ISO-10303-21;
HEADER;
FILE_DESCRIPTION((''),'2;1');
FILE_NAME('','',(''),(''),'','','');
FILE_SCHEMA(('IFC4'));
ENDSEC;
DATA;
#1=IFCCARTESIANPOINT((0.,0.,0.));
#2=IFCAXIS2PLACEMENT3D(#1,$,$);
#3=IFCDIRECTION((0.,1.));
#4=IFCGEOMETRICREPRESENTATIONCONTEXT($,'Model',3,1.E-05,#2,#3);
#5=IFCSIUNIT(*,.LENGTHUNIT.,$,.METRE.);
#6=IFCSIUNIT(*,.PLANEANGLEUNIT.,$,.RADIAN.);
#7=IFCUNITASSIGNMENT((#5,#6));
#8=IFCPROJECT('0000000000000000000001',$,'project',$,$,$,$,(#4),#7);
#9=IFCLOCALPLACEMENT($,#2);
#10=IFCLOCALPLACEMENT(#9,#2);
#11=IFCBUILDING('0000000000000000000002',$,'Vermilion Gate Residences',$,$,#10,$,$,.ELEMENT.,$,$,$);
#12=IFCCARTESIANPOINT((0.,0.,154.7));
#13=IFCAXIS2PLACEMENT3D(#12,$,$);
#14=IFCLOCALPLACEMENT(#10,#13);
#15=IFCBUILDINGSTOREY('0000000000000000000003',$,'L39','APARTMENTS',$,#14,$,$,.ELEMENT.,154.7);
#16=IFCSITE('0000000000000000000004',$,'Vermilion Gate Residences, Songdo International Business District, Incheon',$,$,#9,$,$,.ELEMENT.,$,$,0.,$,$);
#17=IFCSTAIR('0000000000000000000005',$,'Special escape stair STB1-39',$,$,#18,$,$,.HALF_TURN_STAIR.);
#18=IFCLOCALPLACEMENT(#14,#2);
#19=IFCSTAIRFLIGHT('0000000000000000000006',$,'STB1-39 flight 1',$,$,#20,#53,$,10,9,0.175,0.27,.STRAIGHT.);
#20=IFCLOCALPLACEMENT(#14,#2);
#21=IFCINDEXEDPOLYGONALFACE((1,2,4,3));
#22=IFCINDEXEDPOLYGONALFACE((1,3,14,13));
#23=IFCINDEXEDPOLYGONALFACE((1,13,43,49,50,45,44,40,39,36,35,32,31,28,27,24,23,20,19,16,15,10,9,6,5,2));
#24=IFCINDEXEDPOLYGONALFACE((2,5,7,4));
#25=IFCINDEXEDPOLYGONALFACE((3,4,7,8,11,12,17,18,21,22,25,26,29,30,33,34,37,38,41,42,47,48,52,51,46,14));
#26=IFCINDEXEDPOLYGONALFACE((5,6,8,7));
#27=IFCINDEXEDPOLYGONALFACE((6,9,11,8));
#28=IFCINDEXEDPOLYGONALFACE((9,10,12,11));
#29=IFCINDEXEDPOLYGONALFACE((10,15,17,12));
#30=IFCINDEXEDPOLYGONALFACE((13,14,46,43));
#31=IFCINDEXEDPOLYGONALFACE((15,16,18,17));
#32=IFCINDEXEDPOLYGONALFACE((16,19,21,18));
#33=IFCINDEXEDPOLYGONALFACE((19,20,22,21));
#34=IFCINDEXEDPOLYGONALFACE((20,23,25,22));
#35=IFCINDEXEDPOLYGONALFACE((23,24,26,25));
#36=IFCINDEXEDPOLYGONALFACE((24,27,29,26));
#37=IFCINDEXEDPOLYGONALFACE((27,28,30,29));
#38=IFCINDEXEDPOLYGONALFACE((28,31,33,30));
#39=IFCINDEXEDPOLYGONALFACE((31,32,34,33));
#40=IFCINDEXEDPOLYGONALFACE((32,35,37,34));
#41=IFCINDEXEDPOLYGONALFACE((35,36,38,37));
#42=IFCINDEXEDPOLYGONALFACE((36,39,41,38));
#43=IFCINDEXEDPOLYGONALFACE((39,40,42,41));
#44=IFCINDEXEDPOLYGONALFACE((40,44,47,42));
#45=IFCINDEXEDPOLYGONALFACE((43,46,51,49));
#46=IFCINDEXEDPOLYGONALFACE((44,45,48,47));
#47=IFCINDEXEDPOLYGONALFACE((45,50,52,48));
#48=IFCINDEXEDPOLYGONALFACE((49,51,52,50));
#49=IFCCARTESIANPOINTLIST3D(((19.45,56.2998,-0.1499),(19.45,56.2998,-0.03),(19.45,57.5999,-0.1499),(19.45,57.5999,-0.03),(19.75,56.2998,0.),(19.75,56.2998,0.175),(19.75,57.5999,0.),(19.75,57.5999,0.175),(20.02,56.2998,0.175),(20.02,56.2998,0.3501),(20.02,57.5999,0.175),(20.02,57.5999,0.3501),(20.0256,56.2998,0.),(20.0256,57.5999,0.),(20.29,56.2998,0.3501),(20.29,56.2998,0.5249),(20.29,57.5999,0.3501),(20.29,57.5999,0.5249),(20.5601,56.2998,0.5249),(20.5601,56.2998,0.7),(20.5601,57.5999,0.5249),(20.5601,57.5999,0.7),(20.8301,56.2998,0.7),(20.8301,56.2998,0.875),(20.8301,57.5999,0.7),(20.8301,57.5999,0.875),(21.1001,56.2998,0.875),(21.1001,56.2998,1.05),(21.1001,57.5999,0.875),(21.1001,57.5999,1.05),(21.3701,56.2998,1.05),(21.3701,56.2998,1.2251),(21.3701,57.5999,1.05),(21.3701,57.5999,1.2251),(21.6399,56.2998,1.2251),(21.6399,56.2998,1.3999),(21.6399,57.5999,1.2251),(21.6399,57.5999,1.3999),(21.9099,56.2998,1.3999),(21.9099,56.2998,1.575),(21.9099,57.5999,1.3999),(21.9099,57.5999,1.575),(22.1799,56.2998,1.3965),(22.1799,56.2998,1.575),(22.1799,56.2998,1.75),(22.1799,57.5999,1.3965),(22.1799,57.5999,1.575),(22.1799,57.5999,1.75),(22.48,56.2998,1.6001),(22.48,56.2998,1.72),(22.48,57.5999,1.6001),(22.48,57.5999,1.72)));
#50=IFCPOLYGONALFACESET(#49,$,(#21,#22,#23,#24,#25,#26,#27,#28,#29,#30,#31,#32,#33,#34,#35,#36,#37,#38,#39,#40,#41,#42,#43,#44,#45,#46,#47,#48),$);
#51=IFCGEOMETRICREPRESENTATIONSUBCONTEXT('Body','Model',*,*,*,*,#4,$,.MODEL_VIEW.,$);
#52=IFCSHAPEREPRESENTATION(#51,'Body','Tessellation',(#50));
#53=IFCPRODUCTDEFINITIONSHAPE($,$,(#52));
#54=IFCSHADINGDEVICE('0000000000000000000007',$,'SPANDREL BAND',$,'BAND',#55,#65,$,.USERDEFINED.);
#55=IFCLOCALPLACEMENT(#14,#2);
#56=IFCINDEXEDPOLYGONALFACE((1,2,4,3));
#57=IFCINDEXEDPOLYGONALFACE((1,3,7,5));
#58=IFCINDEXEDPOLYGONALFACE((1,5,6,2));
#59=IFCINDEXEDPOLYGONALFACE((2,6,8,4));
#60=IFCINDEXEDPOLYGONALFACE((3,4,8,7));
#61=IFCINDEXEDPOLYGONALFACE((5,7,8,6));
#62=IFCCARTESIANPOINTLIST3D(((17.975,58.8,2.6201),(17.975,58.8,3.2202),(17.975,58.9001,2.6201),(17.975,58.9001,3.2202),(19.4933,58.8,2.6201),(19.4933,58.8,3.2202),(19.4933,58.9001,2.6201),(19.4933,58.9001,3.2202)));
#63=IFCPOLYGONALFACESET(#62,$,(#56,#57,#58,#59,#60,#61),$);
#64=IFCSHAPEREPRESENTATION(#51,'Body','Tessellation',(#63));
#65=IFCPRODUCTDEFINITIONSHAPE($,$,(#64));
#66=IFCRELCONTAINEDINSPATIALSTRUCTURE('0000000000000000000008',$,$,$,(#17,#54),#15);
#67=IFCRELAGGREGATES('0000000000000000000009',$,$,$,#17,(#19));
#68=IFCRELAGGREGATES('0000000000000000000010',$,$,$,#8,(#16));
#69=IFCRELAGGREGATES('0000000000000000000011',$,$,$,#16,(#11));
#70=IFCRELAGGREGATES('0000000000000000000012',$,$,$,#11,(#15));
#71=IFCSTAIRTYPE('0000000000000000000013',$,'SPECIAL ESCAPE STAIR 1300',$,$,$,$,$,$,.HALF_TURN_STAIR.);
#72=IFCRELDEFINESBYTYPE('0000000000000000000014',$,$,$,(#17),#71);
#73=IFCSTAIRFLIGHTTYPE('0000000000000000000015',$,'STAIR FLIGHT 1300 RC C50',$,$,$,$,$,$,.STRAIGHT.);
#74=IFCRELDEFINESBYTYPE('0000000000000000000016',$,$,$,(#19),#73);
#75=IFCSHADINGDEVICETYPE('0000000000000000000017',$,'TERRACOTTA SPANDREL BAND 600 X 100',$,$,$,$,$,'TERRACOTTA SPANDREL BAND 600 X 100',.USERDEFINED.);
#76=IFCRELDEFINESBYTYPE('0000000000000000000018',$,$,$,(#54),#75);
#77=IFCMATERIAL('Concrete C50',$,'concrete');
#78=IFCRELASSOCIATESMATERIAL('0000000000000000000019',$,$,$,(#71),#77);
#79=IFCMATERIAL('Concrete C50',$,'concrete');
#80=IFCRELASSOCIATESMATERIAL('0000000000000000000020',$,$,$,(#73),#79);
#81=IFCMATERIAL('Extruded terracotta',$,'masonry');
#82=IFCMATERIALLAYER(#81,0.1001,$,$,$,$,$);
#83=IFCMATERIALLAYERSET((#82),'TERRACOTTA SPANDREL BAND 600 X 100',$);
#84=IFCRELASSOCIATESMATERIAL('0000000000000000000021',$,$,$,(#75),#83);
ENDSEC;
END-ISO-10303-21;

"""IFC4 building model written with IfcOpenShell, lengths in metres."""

from ifc_helpers import new_model, si_unit, direction, frame, origin, origin_2d, place, context, subcontext, project, spatial, polyline, rectangle, outline, extrude, material, layer, layer_set, type_object, element, aggregate, save


model = new_model("IFC4")

# Units and contexts
model_context = context("Model", 3, precision=1e-05, world=origin(), true_north=direction((0.0, 1.0)))
body_context = subcontext(model_context, "Body", "Model", "MODEL_VIEW")
ifc_project = project(units=[si_unit("LENGTHUNIT", "METRE"), si_unit("PLANEANGLEUNIT", "RADIAN")], contexts=[model_context])

# Site, building, storey
site_placement = place(None, origin())
site = spatial("IfcSite", under=ifc_project, at=site_placement, Name="Vermilion Gate Residences, Songdo International Business District, Incheon", CompositionType="ELEMENT", RefElevation=0.0)
building_placement = place(site_placement, origin())
building = spatial("IfcBuilding", under=site, at=building_placement, Name="Vermilion Gate Residences", CompositionType="ELEMENT")
storey_placement = place(building_placement, frame((0.0, 0.0, 154.7)))
storey = spatial("IfcBuildingStorey", under=building, at=storey_placement, Name="L39", Description="APARTMENTS", CompositionType="ELEMENT", Elevation=154.7)

# Stair, stair flight
ifc_material_1 = material(Name="Concrete C50", Category="concrete")
stair_type = type_object("IfcStairType", Name="SPECIAL ESCAPE STAIR 1300", PredefinedType="HALF_TURN_STAIR", material=ifc_material_1)
stair_placement = place(storey_placement, origin())
stair = element("IfcStair", 1, at=stair_placement, inside=storey, type_object=stair_type, Name="Special escape stair STB1-39", PredefinedType="HALF_TURN_STAIR")
ifc_material_2 = material(Name="Concrete C50", Category="concrete")
stair_flight_type = type_object("IfcStairFlightType", Name="STAIR FLIGHT 1300 RC C50", PredefinedType="STRAIGHT", material=ifc_material_2)
stair_flight_placement = place(storey_placement, frame((19.75, 56.95, 0.0), z_axis=(0.0, 0.0, 1.0), x_axis=(1.0, 0.0, 0.0)))
stair_flight = element("IfcStairFlight", 2, at=stair_flight_placement, type_object=stair_flight_type, Name="STB1-39 flight 1", NumberOfRisers=10, NumberOfTreads=9, PredefinedType="STRAIGHT", RiserHeight=0.175, TreadLength=0.27, context=body_context, shape_type="SweptSolid", body=[
    extrude(outline(polyline([(-0.3, -0.1499), (-0.3, -0.03), (0.0, 0.0), (0.0, 0.175), (0.27, 0.175), (0.27, 0.3501), (0.54, 0.3501), (0.54, 0.5249), (0.8101, 0.5249), (0.8101, 0.7), (1.0801, 0.7), (1.0801, 0.875), (1.3501, 0.875), (1.3501, 1.05), (1.6201, 1.05), (1.6201, 1.2251), (1.8899, 1.2251), (1.8899, 1.3999), (2.1599, 1.3999), (2.1599, 1.575), (2.4299, 1.575), (2.4299, 1.75), (2.73, 1.72), (2.73, 1.6001), (2.4299, 1.3965), (0.2756, 0.0), (-0.3, -0.1499)])), frame((0.0, 0.6499, 0.0), z_axis=(0.0, -1.0, 0.0), x_axis=(1.0, 0.0, 0.0)), (0.0, 0.0, 1.0), 1.3),
])
aggregate(stair, [stair_flight])

# Shading device
ifc_material_3 = material(Name="Extruded terracotta", Category="masonry")
ifc_layer_1 = layer(ifc_material_3, 0.1001)
ifc_layer_set_1 = layer_set([ifc_layer_1], Name="TERRACOTTA SPANDREL BAND 600 X 100")
shading_device_type = type_object("IfcShadingDeviceType", Name="TERRACOTTA SPANDREL BAND 600 X 100", ElementType="TERRACOTTA SPANDREL BAND 600 X 100", PredefinedType="USERDEFINED", material=ifc_layer_set_1)
shading_device_placement = place(storey_placement, frame((18.7341, 58.8501, 2.6201), z_axis=(0.0, 0.0, 1.0), x_axis=(1.0, 0.0, 0.0)))
element("IfcShadingDevice", 3, at=shading_device_placement, inside=storey, type_object=shading_device_type, Name="SPANDREL BAND", ObjectType="BAND", PredefinedType="USERDEFINED", context=body_context, shape_type="SweptSolid", body=[
    extrude(rectangle(XDim=1.5183, YDim=0.1001, at=origin_2d()), origin(), (0.0, 0.0, 1.0), 0.6001),
])

save(model, "model.ifc")
